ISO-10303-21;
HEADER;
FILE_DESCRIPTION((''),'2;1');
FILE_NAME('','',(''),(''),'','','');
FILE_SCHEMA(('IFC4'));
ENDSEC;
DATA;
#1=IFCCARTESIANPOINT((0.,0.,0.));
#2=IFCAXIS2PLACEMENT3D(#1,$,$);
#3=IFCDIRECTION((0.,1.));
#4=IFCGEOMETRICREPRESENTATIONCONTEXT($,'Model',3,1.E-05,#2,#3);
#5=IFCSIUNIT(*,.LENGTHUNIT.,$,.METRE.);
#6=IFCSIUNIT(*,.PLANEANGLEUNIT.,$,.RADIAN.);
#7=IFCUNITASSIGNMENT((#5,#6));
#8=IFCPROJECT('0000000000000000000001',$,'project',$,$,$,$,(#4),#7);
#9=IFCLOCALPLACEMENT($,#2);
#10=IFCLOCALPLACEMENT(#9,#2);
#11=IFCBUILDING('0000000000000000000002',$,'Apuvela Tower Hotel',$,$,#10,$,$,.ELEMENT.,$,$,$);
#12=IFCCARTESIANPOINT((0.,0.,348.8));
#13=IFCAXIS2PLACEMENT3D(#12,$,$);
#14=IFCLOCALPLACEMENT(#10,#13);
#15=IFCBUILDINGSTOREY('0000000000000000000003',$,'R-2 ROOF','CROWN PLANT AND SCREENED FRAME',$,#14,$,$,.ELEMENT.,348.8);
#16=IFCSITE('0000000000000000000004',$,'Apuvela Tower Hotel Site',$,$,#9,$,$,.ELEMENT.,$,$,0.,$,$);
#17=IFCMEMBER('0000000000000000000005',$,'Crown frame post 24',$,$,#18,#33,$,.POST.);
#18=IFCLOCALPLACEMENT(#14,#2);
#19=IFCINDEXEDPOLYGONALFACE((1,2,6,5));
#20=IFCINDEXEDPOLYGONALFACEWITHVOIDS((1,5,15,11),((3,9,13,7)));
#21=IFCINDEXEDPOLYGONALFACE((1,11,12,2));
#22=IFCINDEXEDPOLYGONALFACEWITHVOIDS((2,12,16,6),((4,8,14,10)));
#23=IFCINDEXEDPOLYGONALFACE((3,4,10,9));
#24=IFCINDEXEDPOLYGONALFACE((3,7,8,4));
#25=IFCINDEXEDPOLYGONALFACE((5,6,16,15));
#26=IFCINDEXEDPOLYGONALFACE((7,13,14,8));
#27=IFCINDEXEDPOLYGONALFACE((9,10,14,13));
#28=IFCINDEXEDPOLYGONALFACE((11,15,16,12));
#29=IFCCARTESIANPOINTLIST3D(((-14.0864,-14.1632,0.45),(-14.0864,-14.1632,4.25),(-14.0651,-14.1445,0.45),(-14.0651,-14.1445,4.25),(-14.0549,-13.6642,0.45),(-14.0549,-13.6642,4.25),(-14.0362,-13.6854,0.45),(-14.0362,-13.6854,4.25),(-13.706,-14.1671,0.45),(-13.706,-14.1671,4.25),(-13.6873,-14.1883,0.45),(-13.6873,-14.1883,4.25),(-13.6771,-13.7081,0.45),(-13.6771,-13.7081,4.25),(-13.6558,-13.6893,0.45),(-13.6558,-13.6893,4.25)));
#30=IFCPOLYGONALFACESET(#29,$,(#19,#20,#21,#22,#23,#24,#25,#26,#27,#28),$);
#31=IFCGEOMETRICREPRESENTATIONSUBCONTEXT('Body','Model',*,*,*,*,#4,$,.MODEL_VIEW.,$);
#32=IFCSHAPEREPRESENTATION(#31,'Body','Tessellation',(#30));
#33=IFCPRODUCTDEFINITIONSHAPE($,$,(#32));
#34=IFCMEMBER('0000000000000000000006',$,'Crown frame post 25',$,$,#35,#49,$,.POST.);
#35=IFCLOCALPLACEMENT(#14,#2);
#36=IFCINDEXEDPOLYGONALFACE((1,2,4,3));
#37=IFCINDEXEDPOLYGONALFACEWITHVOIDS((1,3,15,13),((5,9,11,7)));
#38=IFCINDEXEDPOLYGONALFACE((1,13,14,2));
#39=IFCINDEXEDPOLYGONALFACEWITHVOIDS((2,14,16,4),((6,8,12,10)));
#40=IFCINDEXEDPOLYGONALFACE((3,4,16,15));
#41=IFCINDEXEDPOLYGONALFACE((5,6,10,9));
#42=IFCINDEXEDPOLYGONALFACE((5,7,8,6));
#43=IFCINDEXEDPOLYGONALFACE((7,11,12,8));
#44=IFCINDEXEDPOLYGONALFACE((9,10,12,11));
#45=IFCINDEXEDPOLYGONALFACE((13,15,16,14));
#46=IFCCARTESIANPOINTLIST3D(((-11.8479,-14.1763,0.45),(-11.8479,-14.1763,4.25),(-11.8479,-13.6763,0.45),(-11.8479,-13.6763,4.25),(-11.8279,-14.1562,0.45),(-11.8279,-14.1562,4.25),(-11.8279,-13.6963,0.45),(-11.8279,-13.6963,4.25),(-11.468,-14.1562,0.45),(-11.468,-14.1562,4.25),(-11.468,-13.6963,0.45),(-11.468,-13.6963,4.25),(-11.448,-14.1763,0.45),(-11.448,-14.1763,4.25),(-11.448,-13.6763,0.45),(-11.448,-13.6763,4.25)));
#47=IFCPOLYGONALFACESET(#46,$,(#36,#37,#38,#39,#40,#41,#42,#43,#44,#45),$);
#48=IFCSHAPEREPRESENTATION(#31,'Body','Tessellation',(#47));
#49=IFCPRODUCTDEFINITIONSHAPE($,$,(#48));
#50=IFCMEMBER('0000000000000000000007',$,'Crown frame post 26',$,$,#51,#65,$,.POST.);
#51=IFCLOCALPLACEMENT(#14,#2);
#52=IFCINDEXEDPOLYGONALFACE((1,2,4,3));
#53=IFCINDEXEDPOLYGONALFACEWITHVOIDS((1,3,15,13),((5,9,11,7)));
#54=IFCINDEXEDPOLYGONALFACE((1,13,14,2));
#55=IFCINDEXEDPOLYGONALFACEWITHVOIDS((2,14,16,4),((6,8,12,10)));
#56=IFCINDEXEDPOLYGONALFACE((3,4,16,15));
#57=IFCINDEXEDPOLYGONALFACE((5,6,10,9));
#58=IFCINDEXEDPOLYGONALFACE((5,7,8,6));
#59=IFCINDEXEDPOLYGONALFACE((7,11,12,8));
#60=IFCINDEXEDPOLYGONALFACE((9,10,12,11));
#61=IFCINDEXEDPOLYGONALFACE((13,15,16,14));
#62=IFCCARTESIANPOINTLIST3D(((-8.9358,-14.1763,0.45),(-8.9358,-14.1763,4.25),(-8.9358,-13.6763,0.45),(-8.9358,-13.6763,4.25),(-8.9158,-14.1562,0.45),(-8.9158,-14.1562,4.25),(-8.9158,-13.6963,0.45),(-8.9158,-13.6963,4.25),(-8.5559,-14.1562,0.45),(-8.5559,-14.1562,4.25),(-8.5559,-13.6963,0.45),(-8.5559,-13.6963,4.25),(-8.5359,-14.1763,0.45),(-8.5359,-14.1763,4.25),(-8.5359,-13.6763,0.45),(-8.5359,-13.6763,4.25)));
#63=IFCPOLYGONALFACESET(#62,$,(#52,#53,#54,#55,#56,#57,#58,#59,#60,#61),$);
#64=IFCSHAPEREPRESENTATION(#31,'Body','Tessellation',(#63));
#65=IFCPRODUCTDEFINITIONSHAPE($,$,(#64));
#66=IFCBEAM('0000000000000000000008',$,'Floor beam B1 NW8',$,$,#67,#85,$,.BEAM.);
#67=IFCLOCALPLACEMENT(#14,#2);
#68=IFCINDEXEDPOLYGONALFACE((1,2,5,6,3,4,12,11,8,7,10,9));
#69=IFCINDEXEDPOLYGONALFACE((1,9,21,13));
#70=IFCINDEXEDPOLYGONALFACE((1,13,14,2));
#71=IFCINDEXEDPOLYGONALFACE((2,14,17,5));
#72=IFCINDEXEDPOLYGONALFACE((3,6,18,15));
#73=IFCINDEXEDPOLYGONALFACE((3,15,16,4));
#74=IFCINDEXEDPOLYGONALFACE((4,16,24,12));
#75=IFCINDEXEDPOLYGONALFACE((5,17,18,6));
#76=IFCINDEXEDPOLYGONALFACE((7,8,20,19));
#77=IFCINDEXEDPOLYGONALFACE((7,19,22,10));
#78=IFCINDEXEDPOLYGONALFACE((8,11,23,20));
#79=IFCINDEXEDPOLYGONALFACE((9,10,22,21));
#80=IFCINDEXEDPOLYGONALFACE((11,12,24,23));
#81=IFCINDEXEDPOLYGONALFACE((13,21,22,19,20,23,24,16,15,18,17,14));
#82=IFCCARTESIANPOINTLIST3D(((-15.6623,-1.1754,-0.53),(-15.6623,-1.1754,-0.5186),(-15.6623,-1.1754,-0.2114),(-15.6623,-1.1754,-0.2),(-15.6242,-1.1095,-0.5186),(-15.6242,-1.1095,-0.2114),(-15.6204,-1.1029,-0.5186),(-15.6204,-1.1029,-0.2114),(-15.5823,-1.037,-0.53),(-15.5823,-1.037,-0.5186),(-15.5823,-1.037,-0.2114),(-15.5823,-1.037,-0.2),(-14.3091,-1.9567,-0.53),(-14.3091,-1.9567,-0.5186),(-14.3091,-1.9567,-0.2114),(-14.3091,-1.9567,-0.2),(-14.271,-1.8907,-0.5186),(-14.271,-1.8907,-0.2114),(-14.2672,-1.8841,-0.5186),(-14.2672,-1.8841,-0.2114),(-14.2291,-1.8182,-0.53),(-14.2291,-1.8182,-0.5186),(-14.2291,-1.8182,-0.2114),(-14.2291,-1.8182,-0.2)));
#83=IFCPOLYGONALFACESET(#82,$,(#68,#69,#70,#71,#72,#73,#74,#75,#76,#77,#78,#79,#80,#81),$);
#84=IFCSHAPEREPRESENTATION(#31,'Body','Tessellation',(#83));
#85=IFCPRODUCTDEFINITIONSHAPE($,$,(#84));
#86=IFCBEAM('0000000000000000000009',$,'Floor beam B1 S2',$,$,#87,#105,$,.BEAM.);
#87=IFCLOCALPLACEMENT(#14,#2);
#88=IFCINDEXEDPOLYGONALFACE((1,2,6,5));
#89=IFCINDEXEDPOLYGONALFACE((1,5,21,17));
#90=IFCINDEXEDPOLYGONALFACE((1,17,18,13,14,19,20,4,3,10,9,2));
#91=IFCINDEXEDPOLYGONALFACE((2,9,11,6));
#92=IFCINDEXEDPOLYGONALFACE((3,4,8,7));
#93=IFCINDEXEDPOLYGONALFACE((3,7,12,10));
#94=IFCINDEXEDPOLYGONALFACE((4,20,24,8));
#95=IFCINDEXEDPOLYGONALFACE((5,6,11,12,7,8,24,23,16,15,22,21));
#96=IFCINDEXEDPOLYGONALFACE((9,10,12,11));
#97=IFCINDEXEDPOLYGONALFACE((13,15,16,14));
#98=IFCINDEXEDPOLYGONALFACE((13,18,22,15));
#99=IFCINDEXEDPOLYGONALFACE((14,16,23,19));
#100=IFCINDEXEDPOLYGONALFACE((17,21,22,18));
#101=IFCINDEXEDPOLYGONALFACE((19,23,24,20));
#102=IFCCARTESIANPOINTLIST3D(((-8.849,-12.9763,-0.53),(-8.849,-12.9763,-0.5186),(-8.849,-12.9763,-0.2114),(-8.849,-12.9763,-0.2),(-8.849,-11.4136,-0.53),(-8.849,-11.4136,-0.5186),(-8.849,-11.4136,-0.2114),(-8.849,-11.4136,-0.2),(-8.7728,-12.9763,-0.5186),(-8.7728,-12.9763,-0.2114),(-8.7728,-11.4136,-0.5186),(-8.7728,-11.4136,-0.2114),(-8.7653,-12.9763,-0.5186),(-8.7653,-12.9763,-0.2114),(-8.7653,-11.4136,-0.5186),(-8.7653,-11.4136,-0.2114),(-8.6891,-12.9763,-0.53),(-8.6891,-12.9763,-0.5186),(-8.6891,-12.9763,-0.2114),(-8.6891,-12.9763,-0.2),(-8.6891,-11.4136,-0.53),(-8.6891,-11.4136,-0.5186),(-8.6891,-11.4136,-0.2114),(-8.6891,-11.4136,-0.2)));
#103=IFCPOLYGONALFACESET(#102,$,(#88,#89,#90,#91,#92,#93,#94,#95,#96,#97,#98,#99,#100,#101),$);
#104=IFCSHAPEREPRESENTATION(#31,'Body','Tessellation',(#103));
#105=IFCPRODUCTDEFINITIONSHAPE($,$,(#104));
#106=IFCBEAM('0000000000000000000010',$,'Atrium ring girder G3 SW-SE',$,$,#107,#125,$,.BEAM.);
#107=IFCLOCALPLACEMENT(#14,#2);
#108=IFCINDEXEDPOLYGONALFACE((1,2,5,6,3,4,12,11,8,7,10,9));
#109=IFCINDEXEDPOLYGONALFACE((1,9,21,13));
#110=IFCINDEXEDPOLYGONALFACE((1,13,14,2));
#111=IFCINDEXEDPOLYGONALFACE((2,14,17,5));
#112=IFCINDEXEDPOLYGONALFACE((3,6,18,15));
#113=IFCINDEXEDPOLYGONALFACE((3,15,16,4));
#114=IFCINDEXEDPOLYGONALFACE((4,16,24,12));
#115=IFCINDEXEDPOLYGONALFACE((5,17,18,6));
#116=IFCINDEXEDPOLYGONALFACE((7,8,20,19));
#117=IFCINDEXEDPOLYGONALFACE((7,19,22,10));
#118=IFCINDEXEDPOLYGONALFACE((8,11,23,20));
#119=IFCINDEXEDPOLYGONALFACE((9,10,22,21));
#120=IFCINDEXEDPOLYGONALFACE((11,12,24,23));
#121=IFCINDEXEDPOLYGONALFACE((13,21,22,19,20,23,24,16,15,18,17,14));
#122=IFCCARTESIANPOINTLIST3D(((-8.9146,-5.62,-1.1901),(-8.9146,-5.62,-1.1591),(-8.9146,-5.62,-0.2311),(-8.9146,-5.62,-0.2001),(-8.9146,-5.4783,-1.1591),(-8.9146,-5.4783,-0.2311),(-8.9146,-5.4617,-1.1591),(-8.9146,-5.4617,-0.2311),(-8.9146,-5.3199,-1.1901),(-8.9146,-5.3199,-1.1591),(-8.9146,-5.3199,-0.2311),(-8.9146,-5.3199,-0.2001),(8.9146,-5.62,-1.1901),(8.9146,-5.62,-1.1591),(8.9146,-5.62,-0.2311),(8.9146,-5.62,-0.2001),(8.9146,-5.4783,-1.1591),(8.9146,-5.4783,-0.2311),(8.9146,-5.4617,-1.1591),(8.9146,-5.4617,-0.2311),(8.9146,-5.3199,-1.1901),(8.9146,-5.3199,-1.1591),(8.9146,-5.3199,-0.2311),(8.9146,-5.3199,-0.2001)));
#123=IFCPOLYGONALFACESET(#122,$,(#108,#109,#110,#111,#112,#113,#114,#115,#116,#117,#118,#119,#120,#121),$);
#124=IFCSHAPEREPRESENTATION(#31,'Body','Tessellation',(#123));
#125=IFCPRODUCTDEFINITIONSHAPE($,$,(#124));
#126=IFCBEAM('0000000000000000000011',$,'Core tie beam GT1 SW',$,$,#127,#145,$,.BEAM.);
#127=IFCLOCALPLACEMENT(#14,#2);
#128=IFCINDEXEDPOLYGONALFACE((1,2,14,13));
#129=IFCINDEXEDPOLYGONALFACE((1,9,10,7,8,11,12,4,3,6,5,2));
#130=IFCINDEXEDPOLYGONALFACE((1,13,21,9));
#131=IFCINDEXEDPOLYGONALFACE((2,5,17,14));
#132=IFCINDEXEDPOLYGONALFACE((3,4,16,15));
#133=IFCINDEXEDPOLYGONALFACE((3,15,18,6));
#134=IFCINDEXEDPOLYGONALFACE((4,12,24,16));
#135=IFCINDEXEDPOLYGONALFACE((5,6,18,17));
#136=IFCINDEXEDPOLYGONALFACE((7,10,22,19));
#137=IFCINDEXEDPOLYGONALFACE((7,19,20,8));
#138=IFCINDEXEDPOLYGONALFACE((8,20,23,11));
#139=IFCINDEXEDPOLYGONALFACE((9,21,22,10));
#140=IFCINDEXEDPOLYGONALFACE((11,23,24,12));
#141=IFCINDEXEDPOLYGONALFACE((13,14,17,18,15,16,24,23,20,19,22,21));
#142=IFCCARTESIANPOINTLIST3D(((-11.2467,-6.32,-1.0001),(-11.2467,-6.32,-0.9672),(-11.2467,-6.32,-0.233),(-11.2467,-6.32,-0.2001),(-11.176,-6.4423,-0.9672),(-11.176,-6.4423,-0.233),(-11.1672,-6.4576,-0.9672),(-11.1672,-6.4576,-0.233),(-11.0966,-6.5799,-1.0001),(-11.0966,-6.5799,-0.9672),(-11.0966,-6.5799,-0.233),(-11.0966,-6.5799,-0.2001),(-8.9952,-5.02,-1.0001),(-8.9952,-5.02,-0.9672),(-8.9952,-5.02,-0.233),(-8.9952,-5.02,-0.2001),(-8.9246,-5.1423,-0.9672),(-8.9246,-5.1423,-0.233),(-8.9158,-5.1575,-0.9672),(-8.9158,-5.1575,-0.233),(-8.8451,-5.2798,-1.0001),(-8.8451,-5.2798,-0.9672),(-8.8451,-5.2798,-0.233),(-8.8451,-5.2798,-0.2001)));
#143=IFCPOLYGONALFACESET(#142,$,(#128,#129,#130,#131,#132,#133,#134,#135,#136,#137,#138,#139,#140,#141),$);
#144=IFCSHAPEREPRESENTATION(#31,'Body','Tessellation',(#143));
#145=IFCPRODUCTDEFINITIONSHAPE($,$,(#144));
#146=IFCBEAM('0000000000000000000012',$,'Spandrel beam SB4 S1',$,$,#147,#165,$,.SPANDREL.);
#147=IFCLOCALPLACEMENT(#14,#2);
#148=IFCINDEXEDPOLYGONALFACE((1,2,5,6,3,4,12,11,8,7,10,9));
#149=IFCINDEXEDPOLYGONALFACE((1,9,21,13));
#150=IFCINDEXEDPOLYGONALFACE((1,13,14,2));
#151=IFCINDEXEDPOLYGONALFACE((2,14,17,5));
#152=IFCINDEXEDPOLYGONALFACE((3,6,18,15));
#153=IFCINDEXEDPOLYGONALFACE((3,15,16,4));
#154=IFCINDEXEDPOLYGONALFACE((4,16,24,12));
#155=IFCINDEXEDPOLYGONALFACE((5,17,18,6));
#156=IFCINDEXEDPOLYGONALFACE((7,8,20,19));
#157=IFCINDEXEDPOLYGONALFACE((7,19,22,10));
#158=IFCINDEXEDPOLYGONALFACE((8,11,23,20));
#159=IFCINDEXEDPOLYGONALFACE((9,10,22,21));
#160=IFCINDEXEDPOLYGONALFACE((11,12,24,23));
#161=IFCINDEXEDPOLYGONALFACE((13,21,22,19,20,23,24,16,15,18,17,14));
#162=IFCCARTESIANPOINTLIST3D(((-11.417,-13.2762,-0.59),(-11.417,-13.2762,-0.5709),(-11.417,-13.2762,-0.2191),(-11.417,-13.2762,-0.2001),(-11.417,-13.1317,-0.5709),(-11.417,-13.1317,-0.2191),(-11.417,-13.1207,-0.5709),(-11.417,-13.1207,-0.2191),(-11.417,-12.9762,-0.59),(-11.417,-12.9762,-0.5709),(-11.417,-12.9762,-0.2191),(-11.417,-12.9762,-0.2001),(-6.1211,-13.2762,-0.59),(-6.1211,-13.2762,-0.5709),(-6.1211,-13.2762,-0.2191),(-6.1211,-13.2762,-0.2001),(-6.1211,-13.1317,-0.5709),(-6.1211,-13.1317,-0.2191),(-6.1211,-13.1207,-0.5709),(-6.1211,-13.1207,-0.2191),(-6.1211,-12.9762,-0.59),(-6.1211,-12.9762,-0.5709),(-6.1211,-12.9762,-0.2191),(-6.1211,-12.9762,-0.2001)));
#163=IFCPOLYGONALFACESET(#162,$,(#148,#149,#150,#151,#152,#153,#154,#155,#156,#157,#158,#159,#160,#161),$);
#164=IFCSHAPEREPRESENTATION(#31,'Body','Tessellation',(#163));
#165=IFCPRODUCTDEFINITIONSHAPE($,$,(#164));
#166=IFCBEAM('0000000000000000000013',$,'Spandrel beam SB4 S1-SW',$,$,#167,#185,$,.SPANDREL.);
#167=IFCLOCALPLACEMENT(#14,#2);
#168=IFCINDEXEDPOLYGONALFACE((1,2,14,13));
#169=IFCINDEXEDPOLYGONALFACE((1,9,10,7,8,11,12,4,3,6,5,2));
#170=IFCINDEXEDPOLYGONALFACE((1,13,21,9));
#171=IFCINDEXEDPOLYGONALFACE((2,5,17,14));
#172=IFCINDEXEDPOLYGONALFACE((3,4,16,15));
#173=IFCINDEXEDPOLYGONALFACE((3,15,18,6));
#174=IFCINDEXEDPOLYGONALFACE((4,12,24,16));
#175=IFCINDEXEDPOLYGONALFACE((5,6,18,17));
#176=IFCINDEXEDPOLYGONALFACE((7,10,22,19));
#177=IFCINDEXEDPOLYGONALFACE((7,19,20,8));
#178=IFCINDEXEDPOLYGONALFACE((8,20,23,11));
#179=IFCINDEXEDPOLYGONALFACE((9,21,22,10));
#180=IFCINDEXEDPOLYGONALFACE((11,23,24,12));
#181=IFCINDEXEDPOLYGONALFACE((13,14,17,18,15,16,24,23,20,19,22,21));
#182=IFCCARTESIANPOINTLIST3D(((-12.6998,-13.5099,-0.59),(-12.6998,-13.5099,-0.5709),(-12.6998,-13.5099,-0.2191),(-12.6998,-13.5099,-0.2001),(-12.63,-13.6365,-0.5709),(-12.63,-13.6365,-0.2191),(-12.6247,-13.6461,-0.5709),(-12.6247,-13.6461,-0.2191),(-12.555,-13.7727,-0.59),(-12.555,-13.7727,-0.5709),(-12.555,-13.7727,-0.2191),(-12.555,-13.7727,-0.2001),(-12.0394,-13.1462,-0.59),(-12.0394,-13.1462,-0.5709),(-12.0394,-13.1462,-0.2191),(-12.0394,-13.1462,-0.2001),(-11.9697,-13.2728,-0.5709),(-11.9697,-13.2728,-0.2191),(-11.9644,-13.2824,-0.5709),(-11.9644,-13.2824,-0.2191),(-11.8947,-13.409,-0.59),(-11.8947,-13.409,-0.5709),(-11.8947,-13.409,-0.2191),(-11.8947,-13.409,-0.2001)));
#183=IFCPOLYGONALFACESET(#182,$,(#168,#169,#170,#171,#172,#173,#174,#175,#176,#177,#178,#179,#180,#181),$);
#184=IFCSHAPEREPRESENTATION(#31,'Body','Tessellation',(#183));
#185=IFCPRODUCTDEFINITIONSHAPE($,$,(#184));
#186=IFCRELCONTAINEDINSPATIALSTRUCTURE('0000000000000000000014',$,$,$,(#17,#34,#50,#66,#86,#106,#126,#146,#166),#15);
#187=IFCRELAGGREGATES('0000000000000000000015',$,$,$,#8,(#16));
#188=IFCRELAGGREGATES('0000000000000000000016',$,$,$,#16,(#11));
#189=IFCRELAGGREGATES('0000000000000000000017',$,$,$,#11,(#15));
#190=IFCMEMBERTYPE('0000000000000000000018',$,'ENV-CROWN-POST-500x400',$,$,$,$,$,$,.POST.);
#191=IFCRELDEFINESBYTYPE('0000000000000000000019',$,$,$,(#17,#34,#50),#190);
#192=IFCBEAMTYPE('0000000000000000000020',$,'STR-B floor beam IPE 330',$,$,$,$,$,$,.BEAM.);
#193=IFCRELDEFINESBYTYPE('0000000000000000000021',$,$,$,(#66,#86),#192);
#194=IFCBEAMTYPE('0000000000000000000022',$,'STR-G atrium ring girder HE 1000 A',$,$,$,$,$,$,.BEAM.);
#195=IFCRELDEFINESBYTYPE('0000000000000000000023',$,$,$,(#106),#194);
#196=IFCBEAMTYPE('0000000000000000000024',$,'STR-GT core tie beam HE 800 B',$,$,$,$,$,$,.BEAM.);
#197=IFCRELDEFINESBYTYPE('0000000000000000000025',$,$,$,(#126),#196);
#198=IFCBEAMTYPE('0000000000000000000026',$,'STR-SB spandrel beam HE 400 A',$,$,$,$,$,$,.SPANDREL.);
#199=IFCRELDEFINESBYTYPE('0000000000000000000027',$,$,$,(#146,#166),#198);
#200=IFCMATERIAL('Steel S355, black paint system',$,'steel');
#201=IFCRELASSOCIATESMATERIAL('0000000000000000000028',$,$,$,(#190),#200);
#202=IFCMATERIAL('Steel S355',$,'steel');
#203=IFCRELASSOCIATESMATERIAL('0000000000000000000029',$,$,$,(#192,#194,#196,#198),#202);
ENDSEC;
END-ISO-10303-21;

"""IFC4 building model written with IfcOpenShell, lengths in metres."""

from ifc_helpers import new_model, si_unit, direction, frame, origin, origin_2d, place, context, subcontext, project, spatial, hollow_rectangle, i_section, extrude, material, material_profile, profile_set, type_object, element, save


model = new_model("IFC4")

# Units and contexts
model_context = context("Model", 3, precision=1e-05, world=origin(), true_north=direction((0.0, 1.0)))
body_context = subcontext(model_context, "Body", "Model", "MODEL_VIEW")
ifc_project = project(units=[si_unit("LENGTHUNIT", "METRE"), si_unit("PLANEANGLEUNIT", "RADIAN")], contexts=[model_context])

# Site, building, storey
site_placement = place(None, origin())
site = spatial("IfcSite", under=ifc_project, at=site_placement, Name="Apuvela Tower Hotel Site", CompositionType="ELEMENT", RefElevation=0.0)
building_placement = place(site_placement, origin())
building = spatial("IfcBuilding", under=site, at=building_placement, Name="Apuvela Tower Hotel", CompositionType="ELEMENT")
storey_placement = place(building_placement, frame((0.0, 0.0, 348.8)))
storey = spatial("IfcBuildingStorey", under=building, at=storey_placement, Name="R-2 ROOF", Description="CROWN PLANT AND SCREENED FRAME", CompositionType="ELEMENT", Elevation=348.8)

# Members
ifc_material_1 = material(Name="Steel S355, black paint system", Category="steel")
ifc_material_profile_1 = material_profile(ifc_material_1, hollow_rectangle(XDim=0.3999, YDim=0.5, WallThickness=0.02, at=origin_2d()), Name="HSS 500x400x20")
ifc_profile_set_1 = profile_set([ifc_material_profile_1], Name="Steel S355, black paint system")
member_type_1 = type_object("IfcMemberType", Name="ENV-CROWN-POST-500x400", PredefinedType="POST", material=ifc_profile_set_1)
for number, where, z_axis, x_axis, name in (
    (1, (-13.8711, -13.9263, 0.45), (0.0, 0.0, 1.0), (0.998021, -0.062881, 0.0), "Crown frame post 24"),
    (2, (-11.6479, -13.9263, 0.45), (0.0, 0.0, 1.0), (1.0, 0.0, 0.0), "Crown frame post 25"),
    (3, (-8.7358, -13.9263, 0.45), (0.0, 0.0, 1.0), (1.0, 0.0, 0.0), "Crown frame post 26"),
):
    element("IfcMember", number, at=place(storey_placement, frame(where, z_axis=z_axis, x_axis=x_axis)), inside=storey, type_object=member_type_1, Name=name, PredefinedType="POST", context=body_context, shape_type="SweptSolid", body=[
        extrude(hollow_rectangle(XDim=0.3999, YDim=0.5, WallThickness=0.02, at=origin_2d()), origin(), (0.0, 0.0, 1.0), 3.8),
    ])

# Beams
ifc_material_2 = material(Name="Steel S355", Category="steel")
ifc_material_profile_2 = material_profile(ifc_material_2, i_section(OverallWidth=0.1599, OverallDepth=0.3301, WebThickness=0.0076, FlangeThickness=0.0115, at=origin_2d()), Name="IPE 330")
ifc_profile_set_2 = profile_set([ifc_material_profile_2], Name="Steel S355")
beam_type_1 = type_object("IfcBeamType", Name="STR-B floor beam IPE 330", PredefinedType="BEAM", material=ifc_profile_set_2)
beam_1_placement = place(storey_placement, frame((-15.6223, -1.1062, -0.365), z_axis=(0.866042, -0.49997, 0.0), x_axis=(0.49997, 0.866042, 0.0)))
element("IfcBeam", 4, at=beam_1_placement, inside=storey, type_object=beam_type_1, Name="Floor beam B1 NW8", PredefinedType="BEAM", context=body_context, shape_type="SweptSolid", body=[
    extrude(i_section(OverallWidth=0.1599, OverallDepth=0.3301, WebThickness=0.0076, FlangeThickness=0.0115, at=origin_2d()), origin(), (0.0, 0.0, 1.0), 1.5625),
])
beam_2_placement = place(storey_placement, frame((-8.769, -12.9763, -0.365), z_axis=(0.0, 1.0, 0.0), x_axis=(-1.0, 0.0, 0.0)))
element("IfcBeam", 5, at=beam_2_placement, inside=storey, type_object=beam_type_1, Name="Floor beam B1 S2", PredefinedType="BEAM", context=body_context, shape_type="SweptSolid", body=[
    extrude(i_section(OverallWidth=0.1599, OverallDepth=0.3301, WebThickness=0.0076, FlangeThickness=0.0115, at=origin_2d()), origin(), (0.0, 0.0, 1.0), 1.5627),
])
ifc_material_profile_3 = material_profile(ifc_material_2, i_section(OverallWidth=0.3, OverallDepth=0.99, WebThickness=0.0166, FlangeThickness=0.031, at=origin_2d()), Name="HE 1000 A")
ifc_profile_set_3 = profile_set([ifc_material_profile_3], Name="Steel S355")
beam_type_2 = type_object("IfcBeamType", Name="STR-G atrium ring girder HE 1000 A", PredefinedType="BEAM", material=ifc_profile_set_3)
beam_3_placement = place(storey_placement, frame((-8.9146, -5.47, -0.6951), z_axis=(1.0, 0.0, 0.0), x_axis=(0.0, 1.0, 0.0)))
element("IfcBeam", 6, at=beam_3_placement, inside=storey, type_object=beam_type_2, Name="Atrium ring girder G3 SW-SE", PredefinedType="BEAM", context=body_context, shape_type="SweptSolid", body=[
    extrude(i_section(OverallWidth=0.3, OverallDepth=0.99, WebThickness=0.0166, FlangeThickness=0.031, at=origin_2d()), origin(), (0.0, 0.0, 1.0), 17.8291),
])
ifc_material_profile_4 = material_profile(ifc_material_2, i_section(OverallWidth=0.3, OverallDepth=0.8, WebThickness=0.0176, FlangeThickness=0.033, at=origin_2d()), Name="HE 800 B")
ifc_profile_set_4 = profile_set([ifc_material_profile_4], Name="Steel S355")
beam_type_3 = type_object("IfcBeamType", Name="STR-GT core tie beam HE 800 B", PredefinedType="BEAM", material=ifc_profile_set_4)
beam_4_placement = place(storey_placement, frame((-11.1716, -6.45, -0.6001), z_axis=(0.865998, 0.500048, 0.0), x_axis=(-0.500048, 0.865998, 0.0)))
element("IfcBeam", 7, at=beam_4_placement, inside=storey, type_object=beam_type_3, Name="Core tie beam GT1 SW", PredefinedType="BEAM", context=body_context, shape_type="SweptSolid", body=[
    extrude(i_section(OverallWidth=0.3, OverallDepth=0.8, WebThickness=0.0176, FlangeThickness=0.033, at=origin_2d()), origin(), (0.0, 0.0, 1.0), 2.5999),
])
ifc_material_profile_5 = material_profile(ifc_material_2, i_section(OverallWidth=0.3, OverallDepth=0.3899, WebThickness=0.011, FlangeThickness=0.019, at=origin_2d()), Name="HE 400 A")
ifc_profile_set_5 = profile_set([ifc_material_profile_5], Name="Steel S355")
beam_type_4 = type_object("IfcBeamType", Name="STR-SB spandrel beam HE 400 A", PredefinedType="SPANDREL", material=ifc_profile_set_5)
beam_5_placement = place(storey_placement, frame((-11.417, -13.1262, -0.395), z_axis=(1.0, 0.0, 0.0), x_axis=(0.0, 1.0, 0.0)))
element("IfcBeam", 8, at=beam_5_placement, inside=storey, type_object=beam_type_4, Name="Spandrel beam SB4 S1", PredefinedType="SPANDREL", context=body_context, shape_type="SweptSolid", body=[
    extrude(i_section(OverallWidth=0.3, OverallDepth=0.3899, WebThickness=0.011, FlangeThickness=0.019, at=origin_2d()), origin(), (0.0, 0.0, 1.0), 5.2959),
])
for number, where, z_axis, x_axis, name in (
    (9, (-11.967, -13.2776, -0.395), (-0.875908, -0.482478, 0.0), (0.482478, -0.875908, 0.0), "Spandrel beam SB4 S1-SW"),
):
    element("IfcBeam", number, at=place(storey_placement, frame(where, z_axis=z_axis, x_axis=x_axis)), inside=storey, type_object=beam_type_4, Name=name, PredefinedType="SPANDREL", context=body_context, shape_type="SweptSolid", body=[
        extrude(i_section(OverallWidth=0.3, OverallDepth=0.3899, WebThickness=0.011, FlangeThickness=0.019, at=origin_2d()), origin(), (0.0, 0.0, 1.0), 0.7539),
    ])

save(model, "model.ifc")
